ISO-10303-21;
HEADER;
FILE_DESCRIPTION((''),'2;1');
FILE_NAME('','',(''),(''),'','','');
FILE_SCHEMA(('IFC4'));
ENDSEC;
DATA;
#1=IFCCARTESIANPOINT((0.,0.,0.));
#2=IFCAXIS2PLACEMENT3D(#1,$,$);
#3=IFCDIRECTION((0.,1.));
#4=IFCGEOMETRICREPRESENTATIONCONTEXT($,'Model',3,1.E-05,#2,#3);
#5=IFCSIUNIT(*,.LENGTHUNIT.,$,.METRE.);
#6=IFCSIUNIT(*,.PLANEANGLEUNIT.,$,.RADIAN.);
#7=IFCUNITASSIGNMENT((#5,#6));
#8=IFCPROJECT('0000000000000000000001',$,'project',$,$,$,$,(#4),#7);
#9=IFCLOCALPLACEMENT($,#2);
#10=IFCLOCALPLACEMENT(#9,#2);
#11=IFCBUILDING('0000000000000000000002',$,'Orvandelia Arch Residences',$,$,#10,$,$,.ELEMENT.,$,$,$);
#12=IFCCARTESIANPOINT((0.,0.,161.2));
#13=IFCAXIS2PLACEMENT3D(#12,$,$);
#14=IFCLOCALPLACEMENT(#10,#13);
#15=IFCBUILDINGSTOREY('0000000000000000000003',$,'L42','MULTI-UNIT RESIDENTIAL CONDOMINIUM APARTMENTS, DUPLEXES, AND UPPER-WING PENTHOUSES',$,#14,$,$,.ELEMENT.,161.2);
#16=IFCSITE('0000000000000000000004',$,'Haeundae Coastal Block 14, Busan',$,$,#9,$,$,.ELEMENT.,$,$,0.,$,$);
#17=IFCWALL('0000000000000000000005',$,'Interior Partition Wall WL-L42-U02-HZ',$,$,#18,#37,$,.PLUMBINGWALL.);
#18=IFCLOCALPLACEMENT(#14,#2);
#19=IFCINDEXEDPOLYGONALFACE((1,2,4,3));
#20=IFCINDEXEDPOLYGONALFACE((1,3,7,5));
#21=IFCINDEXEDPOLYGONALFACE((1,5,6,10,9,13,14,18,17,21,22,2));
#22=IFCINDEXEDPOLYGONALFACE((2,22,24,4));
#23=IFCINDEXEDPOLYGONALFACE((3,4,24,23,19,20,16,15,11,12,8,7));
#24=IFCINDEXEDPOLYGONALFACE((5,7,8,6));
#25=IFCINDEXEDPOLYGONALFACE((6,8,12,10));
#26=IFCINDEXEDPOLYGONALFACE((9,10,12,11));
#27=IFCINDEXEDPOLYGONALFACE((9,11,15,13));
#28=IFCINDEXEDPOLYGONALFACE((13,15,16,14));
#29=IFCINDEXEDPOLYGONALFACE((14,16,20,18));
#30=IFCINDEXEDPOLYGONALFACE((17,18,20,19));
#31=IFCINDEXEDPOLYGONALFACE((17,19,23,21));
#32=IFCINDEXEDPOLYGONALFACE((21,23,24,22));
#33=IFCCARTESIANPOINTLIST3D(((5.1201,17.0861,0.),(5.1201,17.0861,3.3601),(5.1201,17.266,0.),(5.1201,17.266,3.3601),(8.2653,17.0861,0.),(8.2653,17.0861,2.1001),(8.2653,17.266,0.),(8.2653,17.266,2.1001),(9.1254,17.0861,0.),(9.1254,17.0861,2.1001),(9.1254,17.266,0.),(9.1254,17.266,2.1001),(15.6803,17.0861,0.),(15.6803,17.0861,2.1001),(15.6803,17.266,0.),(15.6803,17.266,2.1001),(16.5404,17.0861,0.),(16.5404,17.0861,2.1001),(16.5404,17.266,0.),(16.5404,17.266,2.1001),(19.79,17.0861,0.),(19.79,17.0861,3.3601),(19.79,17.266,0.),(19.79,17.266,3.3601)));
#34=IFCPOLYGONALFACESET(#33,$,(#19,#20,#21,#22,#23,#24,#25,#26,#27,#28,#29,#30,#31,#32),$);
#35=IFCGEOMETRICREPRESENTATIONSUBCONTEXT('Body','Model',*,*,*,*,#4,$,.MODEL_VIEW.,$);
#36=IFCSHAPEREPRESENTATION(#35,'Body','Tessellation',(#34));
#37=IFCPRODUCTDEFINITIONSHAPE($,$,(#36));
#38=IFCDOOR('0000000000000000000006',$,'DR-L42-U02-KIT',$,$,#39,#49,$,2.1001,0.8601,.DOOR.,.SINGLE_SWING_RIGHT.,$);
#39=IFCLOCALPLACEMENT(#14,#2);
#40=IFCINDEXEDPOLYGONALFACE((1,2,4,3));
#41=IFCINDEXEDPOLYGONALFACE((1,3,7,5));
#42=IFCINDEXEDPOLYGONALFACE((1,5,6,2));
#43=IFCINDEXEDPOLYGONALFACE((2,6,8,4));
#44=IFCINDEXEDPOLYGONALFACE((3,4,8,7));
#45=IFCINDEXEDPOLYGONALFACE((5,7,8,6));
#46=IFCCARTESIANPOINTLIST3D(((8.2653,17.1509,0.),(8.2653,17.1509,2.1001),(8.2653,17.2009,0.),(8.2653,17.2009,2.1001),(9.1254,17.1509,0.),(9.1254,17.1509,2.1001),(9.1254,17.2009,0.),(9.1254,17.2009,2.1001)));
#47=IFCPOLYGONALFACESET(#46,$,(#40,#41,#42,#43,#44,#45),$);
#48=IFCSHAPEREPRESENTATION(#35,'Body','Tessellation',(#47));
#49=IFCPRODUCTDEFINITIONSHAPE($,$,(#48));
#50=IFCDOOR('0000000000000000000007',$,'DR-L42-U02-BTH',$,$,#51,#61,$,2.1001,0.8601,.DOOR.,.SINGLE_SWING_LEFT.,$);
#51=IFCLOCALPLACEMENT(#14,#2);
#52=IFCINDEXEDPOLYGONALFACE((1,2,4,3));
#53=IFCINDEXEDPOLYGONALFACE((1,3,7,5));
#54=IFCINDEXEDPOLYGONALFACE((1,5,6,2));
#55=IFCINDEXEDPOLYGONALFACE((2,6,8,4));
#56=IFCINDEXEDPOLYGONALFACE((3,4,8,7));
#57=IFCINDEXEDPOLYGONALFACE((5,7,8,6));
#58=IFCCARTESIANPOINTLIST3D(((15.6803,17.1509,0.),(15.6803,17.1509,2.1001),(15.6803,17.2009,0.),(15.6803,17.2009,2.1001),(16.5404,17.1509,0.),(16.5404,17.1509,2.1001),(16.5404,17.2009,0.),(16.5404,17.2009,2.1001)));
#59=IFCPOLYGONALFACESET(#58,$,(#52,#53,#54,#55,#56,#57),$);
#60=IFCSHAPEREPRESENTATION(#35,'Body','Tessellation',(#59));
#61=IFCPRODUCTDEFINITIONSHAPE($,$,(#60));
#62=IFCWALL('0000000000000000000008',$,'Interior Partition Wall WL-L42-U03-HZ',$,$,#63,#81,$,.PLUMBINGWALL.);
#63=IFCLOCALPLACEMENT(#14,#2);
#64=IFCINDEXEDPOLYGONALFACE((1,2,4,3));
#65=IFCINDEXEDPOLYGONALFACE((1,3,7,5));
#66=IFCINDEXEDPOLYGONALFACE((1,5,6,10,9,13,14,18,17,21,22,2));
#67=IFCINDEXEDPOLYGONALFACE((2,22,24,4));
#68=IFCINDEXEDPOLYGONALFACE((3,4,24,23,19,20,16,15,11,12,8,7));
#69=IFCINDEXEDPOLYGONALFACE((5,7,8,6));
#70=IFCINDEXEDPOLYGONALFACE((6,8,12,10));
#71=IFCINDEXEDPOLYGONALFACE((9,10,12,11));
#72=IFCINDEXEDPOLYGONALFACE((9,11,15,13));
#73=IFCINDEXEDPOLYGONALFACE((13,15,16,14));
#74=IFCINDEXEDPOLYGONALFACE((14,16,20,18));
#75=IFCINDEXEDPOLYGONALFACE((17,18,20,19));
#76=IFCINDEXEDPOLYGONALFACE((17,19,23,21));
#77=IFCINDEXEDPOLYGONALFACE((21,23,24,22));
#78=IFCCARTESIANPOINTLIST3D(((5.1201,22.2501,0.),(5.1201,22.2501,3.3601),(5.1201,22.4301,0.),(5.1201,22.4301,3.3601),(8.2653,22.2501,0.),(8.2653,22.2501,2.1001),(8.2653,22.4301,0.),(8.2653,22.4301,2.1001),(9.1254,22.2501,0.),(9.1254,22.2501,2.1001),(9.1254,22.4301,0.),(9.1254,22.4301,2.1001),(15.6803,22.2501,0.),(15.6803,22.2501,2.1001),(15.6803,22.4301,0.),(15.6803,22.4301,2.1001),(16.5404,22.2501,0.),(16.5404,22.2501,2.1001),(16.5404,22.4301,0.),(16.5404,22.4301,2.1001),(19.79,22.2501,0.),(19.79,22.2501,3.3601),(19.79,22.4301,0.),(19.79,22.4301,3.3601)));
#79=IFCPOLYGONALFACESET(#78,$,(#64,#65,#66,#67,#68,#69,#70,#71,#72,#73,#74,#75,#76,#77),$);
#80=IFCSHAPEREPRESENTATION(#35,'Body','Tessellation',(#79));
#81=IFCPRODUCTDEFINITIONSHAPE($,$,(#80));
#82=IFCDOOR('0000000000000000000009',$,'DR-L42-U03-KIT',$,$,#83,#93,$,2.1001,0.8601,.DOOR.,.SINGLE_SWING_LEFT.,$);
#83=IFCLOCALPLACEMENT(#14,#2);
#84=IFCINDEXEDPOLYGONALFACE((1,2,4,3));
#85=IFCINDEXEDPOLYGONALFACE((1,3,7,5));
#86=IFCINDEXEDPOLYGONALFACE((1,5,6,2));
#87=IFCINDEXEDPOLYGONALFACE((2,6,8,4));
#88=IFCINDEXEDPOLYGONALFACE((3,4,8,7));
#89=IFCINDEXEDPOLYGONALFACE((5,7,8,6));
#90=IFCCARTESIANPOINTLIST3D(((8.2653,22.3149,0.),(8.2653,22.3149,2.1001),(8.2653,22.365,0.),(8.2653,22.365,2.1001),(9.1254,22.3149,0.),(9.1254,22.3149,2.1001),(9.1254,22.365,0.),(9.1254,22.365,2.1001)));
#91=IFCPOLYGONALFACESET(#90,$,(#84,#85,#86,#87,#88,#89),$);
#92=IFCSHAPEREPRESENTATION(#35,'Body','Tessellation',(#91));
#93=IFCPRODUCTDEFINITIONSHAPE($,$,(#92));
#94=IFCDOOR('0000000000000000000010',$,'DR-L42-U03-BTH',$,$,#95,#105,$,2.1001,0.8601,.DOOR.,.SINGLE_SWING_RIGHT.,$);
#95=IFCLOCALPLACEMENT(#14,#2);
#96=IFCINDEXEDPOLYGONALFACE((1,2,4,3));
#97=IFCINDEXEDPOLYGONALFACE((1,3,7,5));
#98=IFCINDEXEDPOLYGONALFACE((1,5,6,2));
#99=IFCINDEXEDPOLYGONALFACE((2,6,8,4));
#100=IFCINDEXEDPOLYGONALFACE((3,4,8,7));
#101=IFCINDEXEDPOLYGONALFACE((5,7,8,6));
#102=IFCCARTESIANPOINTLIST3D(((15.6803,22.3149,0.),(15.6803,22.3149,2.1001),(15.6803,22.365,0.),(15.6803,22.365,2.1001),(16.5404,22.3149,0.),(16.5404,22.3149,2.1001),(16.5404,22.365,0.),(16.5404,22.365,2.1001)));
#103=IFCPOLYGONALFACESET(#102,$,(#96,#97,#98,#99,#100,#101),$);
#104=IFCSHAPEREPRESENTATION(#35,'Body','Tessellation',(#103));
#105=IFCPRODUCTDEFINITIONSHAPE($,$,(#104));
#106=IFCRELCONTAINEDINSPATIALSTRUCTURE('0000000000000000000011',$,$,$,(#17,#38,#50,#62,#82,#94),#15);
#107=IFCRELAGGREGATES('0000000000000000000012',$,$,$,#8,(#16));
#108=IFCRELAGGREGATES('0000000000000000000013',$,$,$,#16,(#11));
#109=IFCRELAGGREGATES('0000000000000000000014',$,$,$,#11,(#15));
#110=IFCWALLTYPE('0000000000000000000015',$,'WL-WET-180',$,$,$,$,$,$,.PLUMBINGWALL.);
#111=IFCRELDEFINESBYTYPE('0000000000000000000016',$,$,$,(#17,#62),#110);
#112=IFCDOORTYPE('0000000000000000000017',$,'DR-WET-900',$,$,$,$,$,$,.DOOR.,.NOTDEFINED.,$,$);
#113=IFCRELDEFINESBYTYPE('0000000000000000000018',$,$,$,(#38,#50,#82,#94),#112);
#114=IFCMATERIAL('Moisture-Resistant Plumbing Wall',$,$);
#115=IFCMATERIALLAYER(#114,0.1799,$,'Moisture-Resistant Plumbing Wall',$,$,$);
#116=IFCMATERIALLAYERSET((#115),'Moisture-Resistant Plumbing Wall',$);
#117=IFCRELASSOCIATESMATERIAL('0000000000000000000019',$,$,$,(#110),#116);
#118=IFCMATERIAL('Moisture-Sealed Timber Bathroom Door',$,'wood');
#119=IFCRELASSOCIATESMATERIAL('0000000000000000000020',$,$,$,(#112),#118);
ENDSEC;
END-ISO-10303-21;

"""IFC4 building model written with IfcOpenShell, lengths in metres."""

from ifc_helpers import new_model, si_unit, direction, frame, frame_2d, origin, place, context, subcontext, project, spatial, rectangle, extrude, material, layer, layer_set, type_object, element, fill, save


model = new_model("IFC4")

# Units and contexts
model_context = context("Model", 3, precision=1e-05, world=origin(), true_north=direction((0.0, 1.0)))
body_context = subcontext(model_context, "Body", "Model", "MODEL_VIEW")
ifc_project = project(units=[si_unit("LENGTHUNIT", "METRE"), si_unit("PLANEANGLEUNIT", "RADIAN")], contexts=[model_context])

# Site, building, storey
site_placement = place(None, origin())
site = spatial("IfcSite", under=ifc_project, at=site_placement, Name="Haeundae Coastal Block 14, Busan", CompositionType="ELEMENT", RefElevation=0.0)
building_placement = place(site_placement, origin())
building = spatial("IfcBuilding", under=site, at=building_placement, Name="Orvandelia Arch Residences", CompositionType="ELEMENT")
storey_placement = place(building_placement, frame((0.0, 0.0, 161.2)))
storey = spatial("IfcBuildingStorey", under=building, at=storey_placement, Name="L42", Description="MULTI-UNIT RESIDENTIAL CONDOMINIUM APARTMENTS, DUPLEXES, AND UPPER-WING PENTHOUSES", CompositionType="ELEMENT", Elevation=161.2)

# Walls, openings, doors
ifc_material_1 = material(Name="Moisture-Resistant Plumbing Wall")
ifc_layer_1 = layer(ifc_material_1, 0.1799, Name="Moisture-Resistant Plumbing Wall")
ifc_layer_set_1 = layer_set([ifc_layer_1], Name="Moisture-Resistant Plumbing Wall")
wall_type_1 = type_object("IfcWallType", Name="WL-WET-180", PredefinedType="PLUMBINGWALL", material=ifc_layer_set_1)
wall_1_placement = place(storey_placement, frame((5.1201, 17.176, 0.0), z_axis=(0.0, 0.0, 1.0), x_axis=(1.0, 0.0, 0.0)))
wall_1 = element("IfcWall", 1, at=wall_1_placement, inside=storey, type_object=wall_type_1, Name="Interior Partition Wall WL-L42-U02-HZ", PredefinedType="PLUMBINGWALL", context=body_context, shape_type="SweptSolid", body=[
    extrude(rectangle(XDim=14.6699, YDim=0.1799, at=frame_2d((7.335, 0.0))), origin(), (0.0, 0.0, 1.0), 3.3601),
])
opening_1_placement = place(wall_1_placement, frame((3.145, 0.0, 0.0)))
opening_1 = element("IfcOpeningElement", 2, at=opening_1_placement, cuts=wall_1, PredefinedType="OPENING", context=body_context, shape_type="SweptSolid", body=[
    extrude(rectangle(XDim=0.8601, YDim=2.1001, at=frame_2d((0.4302, 1.05))), frame((0.0, 0.1001, 0.0), z_axis=(0.0, -1.0, 0.0), x_axis=(1.0, 0.0, 0.0)), (0.0, 0.0, 1.0), 0.2),
])
opening_2_placement = place(wall_1_placement, frame((10.5601, 0.0, 0.0)))
opening_2 = element("IfcOpeningElement", 3, at=opening_2_placement, cuts=wall_1, PredefinedType="OPENING", context=body_context, shape_type="SweptSolid", body=[
    extrude(rectangle(XDim=0.8601, YDim=2.1001, at=frame_2d((0.4302, 1.05))), frame((0.0, 0.1001, 0.0), z_axis=(0.0, -1.0, 0.0), x_axis=(1.0, 0.0, 0.0)), (0.0, 0.0, 1.0), 0.2),
])
ifc_material_2 = material(Name="Moisture-Sealed Timber Bathroom Door", Category="wood")
door_type = type_object("IfcDoorType", Name="DR-WET-900", OperationType="NOTDEFINED", PredefinedType="DOOR", material=ifc_material_2)
door_1_placement = place(opening_1_placement, origin())
door_1 = element("IfcDoor", 4, at=door_1_placement, inside=storey, type_object=door_type, Name="DR-L42-U02-KIT", OperationType="SINGLE_SWING_RIGHT", OverallHeight=2.1001, OverallWidth=0.8601, PredefinedType="DOOR", context=body_context, shape_type="SweptSolid", body=[
    extrude(rectangle(XDim=0.8601, YDim=2.1001, at=frame_2d((0.4302, 1.05))), frame((0.0, 0.0249, 0.0), z_axis=(0.0, -1.0, 0.0), x_axis=(1.0, 0.0, 0.0)), (0.0, 0.0, 1.0), 0.05),
])
fill(opening_1, door_1)
door_2_placement = place(opening_2_placement, origin())
door_2 = element("IfcDoor", 5, at=door_2_placement, inside=storey, type_object=door_type, Name="DR-L42-U02-BTH", OperationType="SINGLE_SWING_LEFT", OverallHeight=2.1001, OverallWidth=0.8601, PredefinedType="DOOR", context=body_context, shape_type="SweptSolid", body=[
    extrude(rectangle(XDim=0.8601, YDim=2.1001, at=frame_2d((0.4302, 1.05))), frame((0.0, 0.0249, 0.0), z_axis=(0.0, -1.0, 0.0), x_axis=(1.0, 0.0, 0.0)), (0.0, 0.0, 1.0), 0.05),
])
fill(opening_2, door_2)
wall_2_placement = place(storey_placement, frame((5.1201, 22.3401, 0.0), z_axis=(0.0, 0.0, 1.0), x_axis=(1.0, 0.0, 0.0)))
wall_2 = element("IfcWall", 6, at=wall_2_placement, inside=storey, type_object=wall_type_1, Name="Interior Partition Wall WL-L42-U03-HZ", PredefinedType="PLUMBINGWALL", context=body_context, shape_type="SweptSolid", body=[
    extrude(rectangle(XDim=14.6699, YDim=0.1799, at=frame_2d((7.335, 0.0))), origin(), (0.0, 0.0, 1.0), 3.3601),
])
opening_3_placement = place(wall_2_placement, frame((3.145, 0.0, 0.0)))
opening_3 = element("IfcOpeningElement", 7, at=opening_3_placement, cuts=wall_2, PredefinedType="OPENING", context=body_context, shape_type="SweptSolid", body=[
    extrude(rectangle(XDim=0.8601, YDim=2.1001, at=frame_2d((0.4302, 1.05))), frame((0.0, 0.1001, 0.0), z_axis=(0.0, -1.0, 0.0), x_axis=(1.0, 0.0, 0.0)), (0.0, 0.0, 1.0), 0.2),
])
opening_4_placement = place(wall_2_placement, frame((10.5601, 0.0, 0.0)))
opening_4 = element("IfcOpeningElement", 8, at=opening_4_placement, cuts=wall_2, PredefinedType="OPENING", context=body_context, shape_type="SweptSolid", body=[
    extrude(rectangle(XDim=0.8601, YDim=2.1001, at=frame_2d((0.4302, 1.05))), frame((0.0, 0.1001, 0.0), z_axis=(0.0, -1.0, 0.0), x_axis=(1.0, 0.0, 0.0)), (0.0, 0.0, 1.0), 0.2),
])
door_3_placement = place(opening_3_placement, origin())
door_3 = element("IfcDoor", 9, at=door_3_placement, inside=storey, type_object=door_type, Name="DR-L42-U03-KIT", OperationType="SINGLE_SWING_LEFT", OverallHeight=2.1001, OverallWidth=0.8601, PredefinedType="DOOR", context=body_context, shape_type="SweptSolid", body=[
    extrude(rectangle(XDim=0.8601, YDim=2.1001, at=frame_2d((0.4302, 1.05))), frame((0.0, 0.0249, 0.0), z_axis=(0.0, -1.0, 0.0), x_axis=(1.0, 0.0, 0.0)), (0.0, 0.0, 1.0), 0.05),
])
fill(opening_3, door_3)
door_4_placement = place(opening_4_placement, origin())
door_4 = element("IfcDoor", 10, at=door_4_placement, inside=storey, type_object=door_type, Name="DR-L42-U03-BTH", OperationType="SINGLE_SWING_RIGHT", OverallHeight=2.1001, OverallWidth=0.8601, PredefinedType="DOOR", context=body_context, shape_type="SweptSolid", body=[
    extrude(rectangle(XDim=0.8601, YDim=2.1001, at=frame_2d((0.4302, 1.05))), frame((0.0, 0.0249, 0.0), z_axis=(0.0, -1.0, 0.0), x_axis=(1.0, 0.0, 0.0)), (0.0, 0.0, 1.0), 0.05),
])
fill(opening_4, door_4)

save(model, "model.ifc")
